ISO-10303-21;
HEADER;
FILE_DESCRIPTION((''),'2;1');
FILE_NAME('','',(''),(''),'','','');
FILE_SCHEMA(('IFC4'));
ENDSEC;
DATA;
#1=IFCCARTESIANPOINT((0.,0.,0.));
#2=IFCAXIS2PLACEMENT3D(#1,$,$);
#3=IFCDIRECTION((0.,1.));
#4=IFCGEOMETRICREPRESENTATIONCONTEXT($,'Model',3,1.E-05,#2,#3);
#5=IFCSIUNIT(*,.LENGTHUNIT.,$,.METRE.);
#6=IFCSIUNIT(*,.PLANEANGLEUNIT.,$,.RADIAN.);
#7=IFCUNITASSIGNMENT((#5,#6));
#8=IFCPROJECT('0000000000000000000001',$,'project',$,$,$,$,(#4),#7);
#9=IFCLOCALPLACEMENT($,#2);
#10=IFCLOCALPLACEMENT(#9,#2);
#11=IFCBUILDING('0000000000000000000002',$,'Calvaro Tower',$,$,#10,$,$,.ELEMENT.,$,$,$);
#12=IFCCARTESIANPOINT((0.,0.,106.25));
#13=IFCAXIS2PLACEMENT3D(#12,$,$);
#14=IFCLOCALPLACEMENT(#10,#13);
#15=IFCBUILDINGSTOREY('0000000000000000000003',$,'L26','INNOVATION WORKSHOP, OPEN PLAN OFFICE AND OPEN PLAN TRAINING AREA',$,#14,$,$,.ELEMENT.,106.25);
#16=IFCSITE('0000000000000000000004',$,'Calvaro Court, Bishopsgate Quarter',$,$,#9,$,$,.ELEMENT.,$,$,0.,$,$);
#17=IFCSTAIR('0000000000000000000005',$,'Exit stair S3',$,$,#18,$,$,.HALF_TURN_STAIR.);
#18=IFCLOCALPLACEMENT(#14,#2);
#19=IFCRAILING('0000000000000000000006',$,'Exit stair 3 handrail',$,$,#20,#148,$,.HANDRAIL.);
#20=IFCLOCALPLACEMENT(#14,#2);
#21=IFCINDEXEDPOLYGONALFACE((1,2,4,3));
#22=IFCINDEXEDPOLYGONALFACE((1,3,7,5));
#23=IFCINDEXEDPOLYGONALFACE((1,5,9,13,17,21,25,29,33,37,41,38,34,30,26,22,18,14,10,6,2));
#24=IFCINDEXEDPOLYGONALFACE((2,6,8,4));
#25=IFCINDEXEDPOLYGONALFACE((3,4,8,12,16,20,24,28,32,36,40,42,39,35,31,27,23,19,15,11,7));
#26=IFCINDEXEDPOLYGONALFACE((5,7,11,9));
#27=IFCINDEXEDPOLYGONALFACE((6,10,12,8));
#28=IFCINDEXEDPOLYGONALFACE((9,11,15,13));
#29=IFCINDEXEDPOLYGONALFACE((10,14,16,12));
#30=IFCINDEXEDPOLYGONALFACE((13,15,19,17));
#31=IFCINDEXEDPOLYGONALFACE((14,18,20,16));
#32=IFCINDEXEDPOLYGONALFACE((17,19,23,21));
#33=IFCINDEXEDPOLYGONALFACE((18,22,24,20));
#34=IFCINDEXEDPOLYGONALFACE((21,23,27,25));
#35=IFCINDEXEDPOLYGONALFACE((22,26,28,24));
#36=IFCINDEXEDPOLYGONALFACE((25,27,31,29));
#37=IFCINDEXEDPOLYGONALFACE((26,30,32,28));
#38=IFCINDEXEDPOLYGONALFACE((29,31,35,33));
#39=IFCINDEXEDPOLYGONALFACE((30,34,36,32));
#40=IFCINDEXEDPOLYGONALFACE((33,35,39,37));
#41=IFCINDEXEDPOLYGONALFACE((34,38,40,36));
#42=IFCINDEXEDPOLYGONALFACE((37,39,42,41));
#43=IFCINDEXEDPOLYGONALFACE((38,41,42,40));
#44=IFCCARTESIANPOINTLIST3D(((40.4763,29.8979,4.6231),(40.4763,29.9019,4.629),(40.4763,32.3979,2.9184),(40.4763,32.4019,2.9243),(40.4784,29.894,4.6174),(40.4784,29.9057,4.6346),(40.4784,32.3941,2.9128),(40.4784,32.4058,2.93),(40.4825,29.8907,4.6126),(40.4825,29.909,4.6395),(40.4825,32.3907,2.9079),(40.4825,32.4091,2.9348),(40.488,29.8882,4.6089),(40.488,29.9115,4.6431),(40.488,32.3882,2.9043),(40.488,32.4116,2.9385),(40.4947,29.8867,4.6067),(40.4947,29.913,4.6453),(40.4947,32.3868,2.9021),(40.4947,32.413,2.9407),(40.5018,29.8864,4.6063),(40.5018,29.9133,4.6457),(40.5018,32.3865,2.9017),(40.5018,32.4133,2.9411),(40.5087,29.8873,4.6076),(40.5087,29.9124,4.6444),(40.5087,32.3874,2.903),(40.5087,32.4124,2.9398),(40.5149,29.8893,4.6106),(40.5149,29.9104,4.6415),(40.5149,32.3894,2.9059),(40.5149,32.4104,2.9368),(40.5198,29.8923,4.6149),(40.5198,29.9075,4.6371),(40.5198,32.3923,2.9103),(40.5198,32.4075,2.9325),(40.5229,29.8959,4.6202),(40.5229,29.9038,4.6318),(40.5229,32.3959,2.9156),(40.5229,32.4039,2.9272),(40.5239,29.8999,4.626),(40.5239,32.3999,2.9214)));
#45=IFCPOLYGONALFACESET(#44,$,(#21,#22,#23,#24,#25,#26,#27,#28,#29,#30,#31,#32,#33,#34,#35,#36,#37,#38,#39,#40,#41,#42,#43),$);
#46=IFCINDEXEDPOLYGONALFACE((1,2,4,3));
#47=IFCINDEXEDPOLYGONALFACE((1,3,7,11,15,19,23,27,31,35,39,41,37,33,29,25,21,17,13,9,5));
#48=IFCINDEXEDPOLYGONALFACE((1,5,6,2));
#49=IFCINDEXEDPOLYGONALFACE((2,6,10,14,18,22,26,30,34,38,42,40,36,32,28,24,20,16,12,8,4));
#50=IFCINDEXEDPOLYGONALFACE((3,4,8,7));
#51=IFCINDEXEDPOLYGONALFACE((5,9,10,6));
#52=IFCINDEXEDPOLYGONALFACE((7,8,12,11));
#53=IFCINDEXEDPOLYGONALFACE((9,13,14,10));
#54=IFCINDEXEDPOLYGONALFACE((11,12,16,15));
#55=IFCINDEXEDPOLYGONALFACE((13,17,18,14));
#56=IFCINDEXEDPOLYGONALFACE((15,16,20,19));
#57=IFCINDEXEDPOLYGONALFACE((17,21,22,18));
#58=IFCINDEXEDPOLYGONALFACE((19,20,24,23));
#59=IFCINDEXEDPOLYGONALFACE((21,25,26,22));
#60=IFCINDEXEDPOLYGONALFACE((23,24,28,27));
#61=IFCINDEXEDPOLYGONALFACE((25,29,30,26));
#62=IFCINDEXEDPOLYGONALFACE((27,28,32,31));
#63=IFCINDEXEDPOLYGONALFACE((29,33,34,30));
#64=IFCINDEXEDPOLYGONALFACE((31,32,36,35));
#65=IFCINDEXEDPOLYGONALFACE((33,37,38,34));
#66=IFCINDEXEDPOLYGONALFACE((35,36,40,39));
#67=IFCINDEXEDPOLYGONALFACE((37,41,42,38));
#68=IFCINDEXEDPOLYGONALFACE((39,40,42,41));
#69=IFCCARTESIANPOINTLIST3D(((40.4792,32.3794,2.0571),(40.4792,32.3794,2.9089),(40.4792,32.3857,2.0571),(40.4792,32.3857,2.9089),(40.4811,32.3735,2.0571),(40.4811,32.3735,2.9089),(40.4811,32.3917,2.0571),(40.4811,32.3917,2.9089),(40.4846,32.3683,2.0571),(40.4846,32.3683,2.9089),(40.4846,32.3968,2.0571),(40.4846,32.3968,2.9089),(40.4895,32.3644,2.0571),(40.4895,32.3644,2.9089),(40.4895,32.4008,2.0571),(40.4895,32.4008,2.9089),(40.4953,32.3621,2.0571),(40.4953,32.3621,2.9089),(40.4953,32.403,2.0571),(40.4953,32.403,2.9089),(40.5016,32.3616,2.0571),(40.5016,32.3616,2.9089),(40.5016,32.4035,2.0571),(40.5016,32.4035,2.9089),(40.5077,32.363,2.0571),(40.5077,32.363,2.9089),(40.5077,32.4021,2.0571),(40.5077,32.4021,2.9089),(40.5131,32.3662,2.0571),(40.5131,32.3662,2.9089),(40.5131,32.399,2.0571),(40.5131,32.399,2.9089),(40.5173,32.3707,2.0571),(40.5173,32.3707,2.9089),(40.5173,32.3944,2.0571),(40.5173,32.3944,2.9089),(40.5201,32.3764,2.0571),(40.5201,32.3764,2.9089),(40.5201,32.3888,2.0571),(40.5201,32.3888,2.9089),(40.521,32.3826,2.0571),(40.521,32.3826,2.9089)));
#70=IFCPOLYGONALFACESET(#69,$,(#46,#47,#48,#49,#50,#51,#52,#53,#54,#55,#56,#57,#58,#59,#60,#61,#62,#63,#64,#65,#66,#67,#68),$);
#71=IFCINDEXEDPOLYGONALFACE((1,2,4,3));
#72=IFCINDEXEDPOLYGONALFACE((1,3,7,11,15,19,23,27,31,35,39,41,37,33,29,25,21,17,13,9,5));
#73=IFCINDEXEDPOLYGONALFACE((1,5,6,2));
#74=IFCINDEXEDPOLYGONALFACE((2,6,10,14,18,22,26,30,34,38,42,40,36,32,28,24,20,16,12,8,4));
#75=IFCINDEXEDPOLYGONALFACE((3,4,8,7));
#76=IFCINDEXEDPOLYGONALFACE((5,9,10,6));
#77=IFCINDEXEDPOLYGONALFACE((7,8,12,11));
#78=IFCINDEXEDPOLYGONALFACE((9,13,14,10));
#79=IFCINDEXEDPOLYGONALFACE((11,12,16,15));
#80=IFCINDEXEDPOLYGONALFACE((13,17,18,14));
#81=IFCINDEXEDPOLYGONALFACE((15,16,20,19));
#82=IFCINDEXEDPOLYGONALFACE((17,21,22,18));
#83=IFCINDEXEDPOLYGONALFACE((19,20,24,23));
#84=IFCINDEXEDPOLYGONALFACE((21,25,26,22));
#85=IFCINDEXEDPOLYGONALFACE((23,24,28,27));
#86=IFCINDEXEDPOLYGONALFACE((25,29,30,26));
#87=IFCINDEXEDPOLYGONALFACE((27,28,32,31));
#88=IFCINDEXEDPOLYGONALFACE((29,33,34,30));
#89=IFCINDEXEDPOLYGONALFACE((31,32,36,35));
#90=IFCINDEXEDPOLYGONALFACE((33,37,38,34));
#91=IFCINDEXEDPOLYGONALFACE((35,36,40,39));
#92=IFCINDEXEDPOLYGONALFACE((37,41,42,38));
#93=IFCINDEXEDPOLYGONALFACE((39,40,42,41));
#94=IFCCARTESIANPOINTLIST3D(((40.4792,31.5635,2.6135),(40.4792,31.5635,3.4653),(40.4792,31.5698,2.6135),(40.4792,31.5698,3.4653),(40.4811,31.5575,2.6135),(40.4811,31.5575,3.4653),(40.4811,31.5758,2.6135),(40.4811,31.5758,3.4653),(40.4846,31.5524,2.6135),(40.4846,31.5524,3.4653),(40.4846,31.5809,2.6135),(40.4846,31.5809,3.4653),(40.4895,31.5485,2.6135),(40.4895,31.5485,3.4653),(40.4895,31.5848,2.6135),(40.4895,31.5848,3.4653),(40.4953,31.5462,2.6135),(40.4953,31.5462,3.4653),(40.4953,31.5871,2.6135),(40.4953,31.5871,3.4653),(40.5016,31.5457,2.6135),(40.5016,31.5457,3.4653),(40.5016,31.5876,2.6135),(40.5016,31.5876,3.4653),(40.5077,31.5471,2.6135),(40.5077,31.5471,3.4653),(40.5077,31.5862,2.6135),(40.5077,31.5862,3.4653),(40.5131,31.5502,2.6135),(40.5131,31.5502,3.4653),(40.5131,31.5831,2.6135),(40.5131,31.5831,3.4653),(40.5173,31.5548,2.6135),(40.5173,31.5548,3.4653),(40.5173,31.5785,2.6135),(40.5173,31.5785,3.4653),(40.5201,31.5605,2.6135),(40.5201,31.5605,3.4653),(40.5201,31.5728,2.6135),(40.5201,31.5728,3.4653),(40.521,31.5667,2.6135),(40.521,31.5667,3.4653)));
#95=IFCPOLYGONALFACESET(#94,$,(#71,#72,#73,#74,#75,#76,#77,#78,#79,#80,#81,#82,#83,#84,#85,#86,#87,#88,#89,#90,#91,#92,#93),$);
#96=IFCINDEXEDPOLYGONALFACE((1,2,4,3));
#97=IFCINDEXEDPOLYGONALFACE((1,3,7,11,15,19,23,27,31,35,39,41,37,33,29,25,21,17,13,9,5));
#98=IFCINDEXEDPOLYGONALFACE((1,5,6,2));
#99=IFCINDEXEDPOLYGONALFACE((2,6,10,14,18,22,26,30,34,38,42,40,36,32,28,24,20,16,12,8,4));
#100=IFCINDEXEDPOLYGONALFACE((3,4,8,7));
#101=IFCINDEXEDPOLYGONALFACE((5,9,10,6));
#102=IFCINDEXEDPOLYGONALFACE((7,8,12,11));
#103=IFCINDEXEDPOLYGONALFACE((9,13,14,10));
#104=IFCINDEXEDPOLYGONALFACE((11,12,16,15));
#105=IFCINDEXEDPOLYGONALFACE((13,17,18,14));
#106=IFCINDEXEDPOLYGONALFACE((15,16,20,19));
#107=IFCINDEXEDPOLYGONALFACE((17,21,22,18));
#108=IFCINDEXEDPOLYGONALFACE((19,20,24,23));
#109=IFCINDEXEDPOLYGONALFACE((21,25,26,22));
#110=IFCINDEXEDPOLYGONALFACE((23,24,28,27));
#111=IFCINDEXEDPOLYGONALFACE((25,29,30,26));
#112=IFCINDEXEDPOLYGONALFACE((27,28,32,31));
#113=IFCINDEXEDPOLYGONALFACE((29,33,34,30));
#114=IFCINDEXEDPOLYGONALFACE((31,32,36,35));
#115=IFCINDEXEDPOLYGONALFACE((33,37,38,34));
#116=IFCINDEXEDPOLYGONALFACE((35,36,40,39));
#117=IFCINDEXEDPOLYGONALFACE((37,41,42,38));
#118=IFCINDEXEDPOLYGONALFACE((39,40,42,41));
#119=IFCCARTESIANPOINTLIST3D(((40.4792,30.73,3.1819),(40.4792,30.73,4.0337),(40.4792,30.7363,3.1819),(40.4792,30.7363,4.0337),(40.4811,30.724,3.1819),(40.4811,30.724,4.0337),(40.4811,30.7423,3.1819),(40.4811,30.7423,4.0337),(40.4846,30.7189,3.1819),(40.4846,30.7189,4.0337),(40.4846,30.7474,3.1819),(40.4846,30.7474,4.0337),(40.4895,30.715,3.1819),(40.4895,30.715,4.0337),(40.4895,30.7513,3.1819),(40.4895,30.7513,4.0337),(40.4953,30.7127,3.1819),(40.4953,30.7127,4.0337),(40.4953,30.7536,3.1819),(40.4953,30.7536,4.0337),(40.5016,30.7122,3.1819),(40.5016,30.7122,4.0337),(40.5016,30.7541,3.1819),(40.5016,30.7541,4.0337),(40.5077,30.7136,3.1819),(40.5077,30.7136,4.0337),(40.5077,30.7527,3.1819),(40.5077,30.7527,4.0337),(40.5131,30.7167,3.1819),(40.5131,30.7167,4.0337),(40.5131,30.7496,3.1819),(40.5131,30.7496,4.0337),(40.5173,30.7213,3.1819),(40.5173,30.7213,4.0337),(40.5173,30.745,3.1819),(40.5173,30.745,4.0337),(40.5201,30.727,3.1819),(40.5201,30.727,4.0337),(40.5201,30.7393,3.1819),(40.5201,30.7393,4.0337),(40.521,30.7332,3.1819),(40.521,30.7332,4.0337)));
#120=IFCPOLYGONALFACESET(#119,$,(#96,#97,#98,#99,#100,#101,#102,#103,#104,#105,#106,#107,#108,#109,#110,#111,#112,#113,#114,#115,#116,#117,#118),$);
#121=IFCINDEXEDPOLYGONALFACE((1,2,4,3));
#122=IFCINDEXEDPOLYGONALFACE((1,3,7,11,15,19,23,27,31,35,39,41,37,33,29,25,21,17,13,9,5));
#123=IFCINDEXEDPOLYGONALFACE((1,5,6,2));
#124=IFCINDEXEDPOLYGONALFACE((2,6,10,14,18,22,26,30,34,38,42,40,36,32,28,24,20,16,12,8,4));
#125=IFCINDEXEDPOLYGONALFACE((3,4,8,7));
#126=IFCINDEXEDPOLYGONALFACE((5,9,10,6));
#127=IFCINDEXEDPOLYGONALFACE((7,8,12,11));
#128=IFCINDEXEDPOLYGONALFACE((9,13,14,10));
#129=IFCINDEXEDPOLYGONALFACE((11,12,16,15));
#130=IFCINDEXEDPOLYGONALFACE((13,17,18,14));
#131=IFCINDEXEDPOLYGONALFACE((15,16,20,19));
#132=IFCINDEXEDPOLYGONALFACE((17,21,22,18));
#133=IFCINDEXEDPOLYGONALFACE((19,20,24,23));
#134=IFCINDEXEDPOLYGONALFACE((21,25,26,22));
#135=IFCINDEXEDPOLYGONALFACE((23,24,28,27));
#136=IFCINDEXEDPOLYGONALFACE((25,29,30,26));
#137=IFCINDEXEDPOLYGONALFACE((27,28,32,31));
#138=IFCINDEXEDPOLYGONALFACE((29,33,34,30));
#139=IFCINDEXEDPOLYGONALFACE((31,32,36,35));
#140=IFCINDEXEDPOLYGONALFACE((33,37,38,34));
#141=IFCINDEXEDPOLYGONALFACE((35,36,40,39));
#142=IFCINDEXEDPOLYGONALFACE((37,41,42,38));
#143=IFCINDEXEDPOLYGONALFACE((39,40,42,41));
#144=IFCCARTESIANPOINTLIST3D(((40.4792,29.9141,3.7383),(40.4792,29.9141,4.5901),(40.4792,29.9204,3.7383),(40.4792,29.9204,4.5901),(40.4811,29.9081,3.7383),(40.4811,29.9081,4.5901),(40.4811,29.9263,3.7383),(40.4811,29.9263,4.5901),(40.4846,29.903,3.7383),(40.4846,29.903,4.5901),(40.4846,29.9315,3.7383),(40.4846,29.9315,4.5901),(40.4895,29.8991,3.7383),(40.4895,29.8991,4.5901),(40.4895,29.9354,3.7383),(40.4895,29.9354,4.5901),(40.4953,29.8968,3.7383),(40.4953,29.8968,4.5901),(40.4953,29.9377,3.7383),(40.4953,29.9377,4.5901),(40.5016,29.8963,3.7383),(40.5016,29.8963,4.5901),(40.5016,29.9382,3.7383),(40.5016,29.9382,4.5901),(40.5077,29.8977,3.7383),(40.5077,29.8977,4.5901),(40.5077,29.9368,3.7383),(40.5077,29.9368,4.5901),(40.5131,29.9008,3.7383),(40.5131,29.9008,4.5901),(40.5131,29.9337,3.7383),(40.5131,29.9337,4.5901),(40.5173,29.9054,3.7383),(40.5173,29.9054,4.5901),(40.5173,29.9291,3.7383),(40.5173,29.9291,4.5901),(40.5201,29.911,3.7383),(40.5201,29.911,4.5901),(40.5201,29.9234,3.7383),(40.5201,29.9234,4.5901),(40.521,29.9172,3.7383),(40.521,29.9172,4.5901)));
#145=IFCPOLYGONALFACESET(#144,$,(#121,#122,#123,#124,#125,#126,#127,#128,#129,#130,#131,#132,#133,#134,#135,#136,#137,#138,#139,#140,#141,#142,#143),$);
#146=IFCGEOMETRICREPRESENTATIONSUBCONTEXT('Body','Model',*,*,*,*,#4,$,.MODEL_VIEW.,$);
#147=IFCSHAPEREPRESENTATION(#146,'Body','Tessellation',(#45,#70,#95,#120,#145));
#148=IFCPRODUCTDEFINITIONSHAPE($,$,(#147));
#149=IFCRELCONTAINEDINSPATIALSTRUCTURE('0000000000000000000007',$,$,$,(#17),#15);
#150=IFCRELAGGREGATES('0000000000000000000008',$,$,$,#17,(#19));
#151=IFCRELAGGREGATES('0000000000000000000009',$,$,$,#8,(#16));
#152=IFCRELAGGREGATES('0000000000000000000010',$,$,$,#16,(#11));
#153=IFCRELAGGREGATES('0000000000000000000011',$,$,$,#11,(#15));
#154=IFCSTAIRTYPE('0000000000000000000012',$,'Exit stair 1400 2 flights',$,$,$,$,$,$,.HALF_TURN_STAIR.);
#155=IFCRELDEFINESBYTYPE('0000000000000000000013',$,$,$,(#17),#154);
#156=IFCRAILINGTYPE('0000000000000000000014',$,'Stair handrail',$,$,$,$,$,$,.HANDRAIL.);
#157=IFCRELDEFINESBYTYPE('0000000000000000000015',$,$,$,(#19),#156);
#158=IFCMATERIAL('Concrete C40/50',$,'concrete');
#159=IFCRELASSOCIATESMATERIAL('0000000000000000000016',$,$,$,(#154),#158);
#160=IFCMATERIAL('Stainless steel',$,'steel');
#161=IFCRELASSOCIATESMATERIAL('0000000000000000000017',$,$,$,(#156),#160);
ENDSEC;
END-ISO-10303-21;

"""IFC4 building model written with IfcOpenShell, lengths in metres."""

from ifc_helpers import new_model, si_unit, direction, frame, origin, origin_2d, place, context, subcontext, project, spatial, circle, extrude, material, type_object, element, aggregate, save


model = new_model("IFC4")

# Units and contexts
model_context = context("Model", 3, precision=1e-05, world=origin(), true_north=direction((0.0, 1.0)))
body_context = subcontext(model_context, "Body", "Model", "MODEL_VIEW")
ifc_project = project(units=[si_unit("LENGTHUNIT", "METRE"), si_unit("PLANEANGLEUNIT", "RADIAN")], contexts=[model_context])

# Site, building, storey
site_placement = place(None, origin())
site = spatial("IfcSite", under=ifc_project, at=site_placement, Name="Calvaro Court, Bishopsgate Quarter", CompositionType="ELEMENT", RefElevation=0.0)
building_placement = place(site_placement, origin())
building = spatial("IfcBuilding", under=site, at=building_placement, Name="Calvaro Tower", CompositionType="ELEMENT")
storey_placement = place(building_placement, frame((0.0, 0.0, 106.25)))
storey = spatial("IfcBuildingStorey", under=building, at=storey_placement, Name="L26", Description="INNOVATION WORKSHOP, OPEN PLAN OFFICE AND OPEN PLAN TRAINING AREA", CompositionType="ELEMENT", Elevation=106.25)

# Stair
ifc_material_1 = material(Name="Concrete C40/50", Category="concrete")
stair_type = type_object("IfcStairType", Name="Exit stair 1400 2 flights", PredefinedType="HALF_TURN_STAIR", material=ifc_material_1)
stair_1_placement = place(storey_placement, origin())
stair_1 = element("IfcStair", 1, at=stair_1_placement, inside=storey, type_object=stair_type, Name="Exit stair S3", PredefinedType="HALF_TURN_STAIR")

# Railing
ifc_material_2 = material(Name="Stainless steel", Category="steel")
railing_type = type_object("IfcRailingType", Name="Stair handrail", PredefinedType="HANDRAIL", material=ifc_material_2)
railing_1_placement = place(storey_placement, frame((40.5, 32.3999, 2.0454)))
railing_1 = element("IfcRailing", 2, at=railing_1_placement, type_object=railing_type, Name="Exit stair 3 handrail", PredefinedType="HANDRAIL", context=body_context, shape_type="SweptSolid", body=[
    extrude(circle(Radius=0.0239, at=origin_2d()), frame((0.0, 0.0, 0.876), z_axis=(0.0, -0.826221, 0.563347), x_axis=(1.0, 0.0, 0.0)), (0.0, 0.0, 1.0), 3.0259),
    extrude(circle(Radius=0.021, at=origin_2d()), frame((0.0, -0.0173, 0.0117)), (0.0, 0.0, 1.0), 0.8518),
    extrude(circle(Radius=0.021, at=origin_2d()), frame((0.0, -0.8333, 0.5681)), (0.0, 0.0, 1.0), 0.8518),
    extrude(circle(Radius=0.021, at=origin_2d()), frame((0.0, -1.6667, 1.1365)), (0.0, 0.0, 1.0), 0.8518),
    extrude(circle(Radius=0.021, at=origin_2d()), frame((0.0, -2.4827, 1.6929)), (0.0, 0.0, 1.0), 0.8518),
])
aggregate(stair_1, [railing_1])

save(model, "model.ifc")
